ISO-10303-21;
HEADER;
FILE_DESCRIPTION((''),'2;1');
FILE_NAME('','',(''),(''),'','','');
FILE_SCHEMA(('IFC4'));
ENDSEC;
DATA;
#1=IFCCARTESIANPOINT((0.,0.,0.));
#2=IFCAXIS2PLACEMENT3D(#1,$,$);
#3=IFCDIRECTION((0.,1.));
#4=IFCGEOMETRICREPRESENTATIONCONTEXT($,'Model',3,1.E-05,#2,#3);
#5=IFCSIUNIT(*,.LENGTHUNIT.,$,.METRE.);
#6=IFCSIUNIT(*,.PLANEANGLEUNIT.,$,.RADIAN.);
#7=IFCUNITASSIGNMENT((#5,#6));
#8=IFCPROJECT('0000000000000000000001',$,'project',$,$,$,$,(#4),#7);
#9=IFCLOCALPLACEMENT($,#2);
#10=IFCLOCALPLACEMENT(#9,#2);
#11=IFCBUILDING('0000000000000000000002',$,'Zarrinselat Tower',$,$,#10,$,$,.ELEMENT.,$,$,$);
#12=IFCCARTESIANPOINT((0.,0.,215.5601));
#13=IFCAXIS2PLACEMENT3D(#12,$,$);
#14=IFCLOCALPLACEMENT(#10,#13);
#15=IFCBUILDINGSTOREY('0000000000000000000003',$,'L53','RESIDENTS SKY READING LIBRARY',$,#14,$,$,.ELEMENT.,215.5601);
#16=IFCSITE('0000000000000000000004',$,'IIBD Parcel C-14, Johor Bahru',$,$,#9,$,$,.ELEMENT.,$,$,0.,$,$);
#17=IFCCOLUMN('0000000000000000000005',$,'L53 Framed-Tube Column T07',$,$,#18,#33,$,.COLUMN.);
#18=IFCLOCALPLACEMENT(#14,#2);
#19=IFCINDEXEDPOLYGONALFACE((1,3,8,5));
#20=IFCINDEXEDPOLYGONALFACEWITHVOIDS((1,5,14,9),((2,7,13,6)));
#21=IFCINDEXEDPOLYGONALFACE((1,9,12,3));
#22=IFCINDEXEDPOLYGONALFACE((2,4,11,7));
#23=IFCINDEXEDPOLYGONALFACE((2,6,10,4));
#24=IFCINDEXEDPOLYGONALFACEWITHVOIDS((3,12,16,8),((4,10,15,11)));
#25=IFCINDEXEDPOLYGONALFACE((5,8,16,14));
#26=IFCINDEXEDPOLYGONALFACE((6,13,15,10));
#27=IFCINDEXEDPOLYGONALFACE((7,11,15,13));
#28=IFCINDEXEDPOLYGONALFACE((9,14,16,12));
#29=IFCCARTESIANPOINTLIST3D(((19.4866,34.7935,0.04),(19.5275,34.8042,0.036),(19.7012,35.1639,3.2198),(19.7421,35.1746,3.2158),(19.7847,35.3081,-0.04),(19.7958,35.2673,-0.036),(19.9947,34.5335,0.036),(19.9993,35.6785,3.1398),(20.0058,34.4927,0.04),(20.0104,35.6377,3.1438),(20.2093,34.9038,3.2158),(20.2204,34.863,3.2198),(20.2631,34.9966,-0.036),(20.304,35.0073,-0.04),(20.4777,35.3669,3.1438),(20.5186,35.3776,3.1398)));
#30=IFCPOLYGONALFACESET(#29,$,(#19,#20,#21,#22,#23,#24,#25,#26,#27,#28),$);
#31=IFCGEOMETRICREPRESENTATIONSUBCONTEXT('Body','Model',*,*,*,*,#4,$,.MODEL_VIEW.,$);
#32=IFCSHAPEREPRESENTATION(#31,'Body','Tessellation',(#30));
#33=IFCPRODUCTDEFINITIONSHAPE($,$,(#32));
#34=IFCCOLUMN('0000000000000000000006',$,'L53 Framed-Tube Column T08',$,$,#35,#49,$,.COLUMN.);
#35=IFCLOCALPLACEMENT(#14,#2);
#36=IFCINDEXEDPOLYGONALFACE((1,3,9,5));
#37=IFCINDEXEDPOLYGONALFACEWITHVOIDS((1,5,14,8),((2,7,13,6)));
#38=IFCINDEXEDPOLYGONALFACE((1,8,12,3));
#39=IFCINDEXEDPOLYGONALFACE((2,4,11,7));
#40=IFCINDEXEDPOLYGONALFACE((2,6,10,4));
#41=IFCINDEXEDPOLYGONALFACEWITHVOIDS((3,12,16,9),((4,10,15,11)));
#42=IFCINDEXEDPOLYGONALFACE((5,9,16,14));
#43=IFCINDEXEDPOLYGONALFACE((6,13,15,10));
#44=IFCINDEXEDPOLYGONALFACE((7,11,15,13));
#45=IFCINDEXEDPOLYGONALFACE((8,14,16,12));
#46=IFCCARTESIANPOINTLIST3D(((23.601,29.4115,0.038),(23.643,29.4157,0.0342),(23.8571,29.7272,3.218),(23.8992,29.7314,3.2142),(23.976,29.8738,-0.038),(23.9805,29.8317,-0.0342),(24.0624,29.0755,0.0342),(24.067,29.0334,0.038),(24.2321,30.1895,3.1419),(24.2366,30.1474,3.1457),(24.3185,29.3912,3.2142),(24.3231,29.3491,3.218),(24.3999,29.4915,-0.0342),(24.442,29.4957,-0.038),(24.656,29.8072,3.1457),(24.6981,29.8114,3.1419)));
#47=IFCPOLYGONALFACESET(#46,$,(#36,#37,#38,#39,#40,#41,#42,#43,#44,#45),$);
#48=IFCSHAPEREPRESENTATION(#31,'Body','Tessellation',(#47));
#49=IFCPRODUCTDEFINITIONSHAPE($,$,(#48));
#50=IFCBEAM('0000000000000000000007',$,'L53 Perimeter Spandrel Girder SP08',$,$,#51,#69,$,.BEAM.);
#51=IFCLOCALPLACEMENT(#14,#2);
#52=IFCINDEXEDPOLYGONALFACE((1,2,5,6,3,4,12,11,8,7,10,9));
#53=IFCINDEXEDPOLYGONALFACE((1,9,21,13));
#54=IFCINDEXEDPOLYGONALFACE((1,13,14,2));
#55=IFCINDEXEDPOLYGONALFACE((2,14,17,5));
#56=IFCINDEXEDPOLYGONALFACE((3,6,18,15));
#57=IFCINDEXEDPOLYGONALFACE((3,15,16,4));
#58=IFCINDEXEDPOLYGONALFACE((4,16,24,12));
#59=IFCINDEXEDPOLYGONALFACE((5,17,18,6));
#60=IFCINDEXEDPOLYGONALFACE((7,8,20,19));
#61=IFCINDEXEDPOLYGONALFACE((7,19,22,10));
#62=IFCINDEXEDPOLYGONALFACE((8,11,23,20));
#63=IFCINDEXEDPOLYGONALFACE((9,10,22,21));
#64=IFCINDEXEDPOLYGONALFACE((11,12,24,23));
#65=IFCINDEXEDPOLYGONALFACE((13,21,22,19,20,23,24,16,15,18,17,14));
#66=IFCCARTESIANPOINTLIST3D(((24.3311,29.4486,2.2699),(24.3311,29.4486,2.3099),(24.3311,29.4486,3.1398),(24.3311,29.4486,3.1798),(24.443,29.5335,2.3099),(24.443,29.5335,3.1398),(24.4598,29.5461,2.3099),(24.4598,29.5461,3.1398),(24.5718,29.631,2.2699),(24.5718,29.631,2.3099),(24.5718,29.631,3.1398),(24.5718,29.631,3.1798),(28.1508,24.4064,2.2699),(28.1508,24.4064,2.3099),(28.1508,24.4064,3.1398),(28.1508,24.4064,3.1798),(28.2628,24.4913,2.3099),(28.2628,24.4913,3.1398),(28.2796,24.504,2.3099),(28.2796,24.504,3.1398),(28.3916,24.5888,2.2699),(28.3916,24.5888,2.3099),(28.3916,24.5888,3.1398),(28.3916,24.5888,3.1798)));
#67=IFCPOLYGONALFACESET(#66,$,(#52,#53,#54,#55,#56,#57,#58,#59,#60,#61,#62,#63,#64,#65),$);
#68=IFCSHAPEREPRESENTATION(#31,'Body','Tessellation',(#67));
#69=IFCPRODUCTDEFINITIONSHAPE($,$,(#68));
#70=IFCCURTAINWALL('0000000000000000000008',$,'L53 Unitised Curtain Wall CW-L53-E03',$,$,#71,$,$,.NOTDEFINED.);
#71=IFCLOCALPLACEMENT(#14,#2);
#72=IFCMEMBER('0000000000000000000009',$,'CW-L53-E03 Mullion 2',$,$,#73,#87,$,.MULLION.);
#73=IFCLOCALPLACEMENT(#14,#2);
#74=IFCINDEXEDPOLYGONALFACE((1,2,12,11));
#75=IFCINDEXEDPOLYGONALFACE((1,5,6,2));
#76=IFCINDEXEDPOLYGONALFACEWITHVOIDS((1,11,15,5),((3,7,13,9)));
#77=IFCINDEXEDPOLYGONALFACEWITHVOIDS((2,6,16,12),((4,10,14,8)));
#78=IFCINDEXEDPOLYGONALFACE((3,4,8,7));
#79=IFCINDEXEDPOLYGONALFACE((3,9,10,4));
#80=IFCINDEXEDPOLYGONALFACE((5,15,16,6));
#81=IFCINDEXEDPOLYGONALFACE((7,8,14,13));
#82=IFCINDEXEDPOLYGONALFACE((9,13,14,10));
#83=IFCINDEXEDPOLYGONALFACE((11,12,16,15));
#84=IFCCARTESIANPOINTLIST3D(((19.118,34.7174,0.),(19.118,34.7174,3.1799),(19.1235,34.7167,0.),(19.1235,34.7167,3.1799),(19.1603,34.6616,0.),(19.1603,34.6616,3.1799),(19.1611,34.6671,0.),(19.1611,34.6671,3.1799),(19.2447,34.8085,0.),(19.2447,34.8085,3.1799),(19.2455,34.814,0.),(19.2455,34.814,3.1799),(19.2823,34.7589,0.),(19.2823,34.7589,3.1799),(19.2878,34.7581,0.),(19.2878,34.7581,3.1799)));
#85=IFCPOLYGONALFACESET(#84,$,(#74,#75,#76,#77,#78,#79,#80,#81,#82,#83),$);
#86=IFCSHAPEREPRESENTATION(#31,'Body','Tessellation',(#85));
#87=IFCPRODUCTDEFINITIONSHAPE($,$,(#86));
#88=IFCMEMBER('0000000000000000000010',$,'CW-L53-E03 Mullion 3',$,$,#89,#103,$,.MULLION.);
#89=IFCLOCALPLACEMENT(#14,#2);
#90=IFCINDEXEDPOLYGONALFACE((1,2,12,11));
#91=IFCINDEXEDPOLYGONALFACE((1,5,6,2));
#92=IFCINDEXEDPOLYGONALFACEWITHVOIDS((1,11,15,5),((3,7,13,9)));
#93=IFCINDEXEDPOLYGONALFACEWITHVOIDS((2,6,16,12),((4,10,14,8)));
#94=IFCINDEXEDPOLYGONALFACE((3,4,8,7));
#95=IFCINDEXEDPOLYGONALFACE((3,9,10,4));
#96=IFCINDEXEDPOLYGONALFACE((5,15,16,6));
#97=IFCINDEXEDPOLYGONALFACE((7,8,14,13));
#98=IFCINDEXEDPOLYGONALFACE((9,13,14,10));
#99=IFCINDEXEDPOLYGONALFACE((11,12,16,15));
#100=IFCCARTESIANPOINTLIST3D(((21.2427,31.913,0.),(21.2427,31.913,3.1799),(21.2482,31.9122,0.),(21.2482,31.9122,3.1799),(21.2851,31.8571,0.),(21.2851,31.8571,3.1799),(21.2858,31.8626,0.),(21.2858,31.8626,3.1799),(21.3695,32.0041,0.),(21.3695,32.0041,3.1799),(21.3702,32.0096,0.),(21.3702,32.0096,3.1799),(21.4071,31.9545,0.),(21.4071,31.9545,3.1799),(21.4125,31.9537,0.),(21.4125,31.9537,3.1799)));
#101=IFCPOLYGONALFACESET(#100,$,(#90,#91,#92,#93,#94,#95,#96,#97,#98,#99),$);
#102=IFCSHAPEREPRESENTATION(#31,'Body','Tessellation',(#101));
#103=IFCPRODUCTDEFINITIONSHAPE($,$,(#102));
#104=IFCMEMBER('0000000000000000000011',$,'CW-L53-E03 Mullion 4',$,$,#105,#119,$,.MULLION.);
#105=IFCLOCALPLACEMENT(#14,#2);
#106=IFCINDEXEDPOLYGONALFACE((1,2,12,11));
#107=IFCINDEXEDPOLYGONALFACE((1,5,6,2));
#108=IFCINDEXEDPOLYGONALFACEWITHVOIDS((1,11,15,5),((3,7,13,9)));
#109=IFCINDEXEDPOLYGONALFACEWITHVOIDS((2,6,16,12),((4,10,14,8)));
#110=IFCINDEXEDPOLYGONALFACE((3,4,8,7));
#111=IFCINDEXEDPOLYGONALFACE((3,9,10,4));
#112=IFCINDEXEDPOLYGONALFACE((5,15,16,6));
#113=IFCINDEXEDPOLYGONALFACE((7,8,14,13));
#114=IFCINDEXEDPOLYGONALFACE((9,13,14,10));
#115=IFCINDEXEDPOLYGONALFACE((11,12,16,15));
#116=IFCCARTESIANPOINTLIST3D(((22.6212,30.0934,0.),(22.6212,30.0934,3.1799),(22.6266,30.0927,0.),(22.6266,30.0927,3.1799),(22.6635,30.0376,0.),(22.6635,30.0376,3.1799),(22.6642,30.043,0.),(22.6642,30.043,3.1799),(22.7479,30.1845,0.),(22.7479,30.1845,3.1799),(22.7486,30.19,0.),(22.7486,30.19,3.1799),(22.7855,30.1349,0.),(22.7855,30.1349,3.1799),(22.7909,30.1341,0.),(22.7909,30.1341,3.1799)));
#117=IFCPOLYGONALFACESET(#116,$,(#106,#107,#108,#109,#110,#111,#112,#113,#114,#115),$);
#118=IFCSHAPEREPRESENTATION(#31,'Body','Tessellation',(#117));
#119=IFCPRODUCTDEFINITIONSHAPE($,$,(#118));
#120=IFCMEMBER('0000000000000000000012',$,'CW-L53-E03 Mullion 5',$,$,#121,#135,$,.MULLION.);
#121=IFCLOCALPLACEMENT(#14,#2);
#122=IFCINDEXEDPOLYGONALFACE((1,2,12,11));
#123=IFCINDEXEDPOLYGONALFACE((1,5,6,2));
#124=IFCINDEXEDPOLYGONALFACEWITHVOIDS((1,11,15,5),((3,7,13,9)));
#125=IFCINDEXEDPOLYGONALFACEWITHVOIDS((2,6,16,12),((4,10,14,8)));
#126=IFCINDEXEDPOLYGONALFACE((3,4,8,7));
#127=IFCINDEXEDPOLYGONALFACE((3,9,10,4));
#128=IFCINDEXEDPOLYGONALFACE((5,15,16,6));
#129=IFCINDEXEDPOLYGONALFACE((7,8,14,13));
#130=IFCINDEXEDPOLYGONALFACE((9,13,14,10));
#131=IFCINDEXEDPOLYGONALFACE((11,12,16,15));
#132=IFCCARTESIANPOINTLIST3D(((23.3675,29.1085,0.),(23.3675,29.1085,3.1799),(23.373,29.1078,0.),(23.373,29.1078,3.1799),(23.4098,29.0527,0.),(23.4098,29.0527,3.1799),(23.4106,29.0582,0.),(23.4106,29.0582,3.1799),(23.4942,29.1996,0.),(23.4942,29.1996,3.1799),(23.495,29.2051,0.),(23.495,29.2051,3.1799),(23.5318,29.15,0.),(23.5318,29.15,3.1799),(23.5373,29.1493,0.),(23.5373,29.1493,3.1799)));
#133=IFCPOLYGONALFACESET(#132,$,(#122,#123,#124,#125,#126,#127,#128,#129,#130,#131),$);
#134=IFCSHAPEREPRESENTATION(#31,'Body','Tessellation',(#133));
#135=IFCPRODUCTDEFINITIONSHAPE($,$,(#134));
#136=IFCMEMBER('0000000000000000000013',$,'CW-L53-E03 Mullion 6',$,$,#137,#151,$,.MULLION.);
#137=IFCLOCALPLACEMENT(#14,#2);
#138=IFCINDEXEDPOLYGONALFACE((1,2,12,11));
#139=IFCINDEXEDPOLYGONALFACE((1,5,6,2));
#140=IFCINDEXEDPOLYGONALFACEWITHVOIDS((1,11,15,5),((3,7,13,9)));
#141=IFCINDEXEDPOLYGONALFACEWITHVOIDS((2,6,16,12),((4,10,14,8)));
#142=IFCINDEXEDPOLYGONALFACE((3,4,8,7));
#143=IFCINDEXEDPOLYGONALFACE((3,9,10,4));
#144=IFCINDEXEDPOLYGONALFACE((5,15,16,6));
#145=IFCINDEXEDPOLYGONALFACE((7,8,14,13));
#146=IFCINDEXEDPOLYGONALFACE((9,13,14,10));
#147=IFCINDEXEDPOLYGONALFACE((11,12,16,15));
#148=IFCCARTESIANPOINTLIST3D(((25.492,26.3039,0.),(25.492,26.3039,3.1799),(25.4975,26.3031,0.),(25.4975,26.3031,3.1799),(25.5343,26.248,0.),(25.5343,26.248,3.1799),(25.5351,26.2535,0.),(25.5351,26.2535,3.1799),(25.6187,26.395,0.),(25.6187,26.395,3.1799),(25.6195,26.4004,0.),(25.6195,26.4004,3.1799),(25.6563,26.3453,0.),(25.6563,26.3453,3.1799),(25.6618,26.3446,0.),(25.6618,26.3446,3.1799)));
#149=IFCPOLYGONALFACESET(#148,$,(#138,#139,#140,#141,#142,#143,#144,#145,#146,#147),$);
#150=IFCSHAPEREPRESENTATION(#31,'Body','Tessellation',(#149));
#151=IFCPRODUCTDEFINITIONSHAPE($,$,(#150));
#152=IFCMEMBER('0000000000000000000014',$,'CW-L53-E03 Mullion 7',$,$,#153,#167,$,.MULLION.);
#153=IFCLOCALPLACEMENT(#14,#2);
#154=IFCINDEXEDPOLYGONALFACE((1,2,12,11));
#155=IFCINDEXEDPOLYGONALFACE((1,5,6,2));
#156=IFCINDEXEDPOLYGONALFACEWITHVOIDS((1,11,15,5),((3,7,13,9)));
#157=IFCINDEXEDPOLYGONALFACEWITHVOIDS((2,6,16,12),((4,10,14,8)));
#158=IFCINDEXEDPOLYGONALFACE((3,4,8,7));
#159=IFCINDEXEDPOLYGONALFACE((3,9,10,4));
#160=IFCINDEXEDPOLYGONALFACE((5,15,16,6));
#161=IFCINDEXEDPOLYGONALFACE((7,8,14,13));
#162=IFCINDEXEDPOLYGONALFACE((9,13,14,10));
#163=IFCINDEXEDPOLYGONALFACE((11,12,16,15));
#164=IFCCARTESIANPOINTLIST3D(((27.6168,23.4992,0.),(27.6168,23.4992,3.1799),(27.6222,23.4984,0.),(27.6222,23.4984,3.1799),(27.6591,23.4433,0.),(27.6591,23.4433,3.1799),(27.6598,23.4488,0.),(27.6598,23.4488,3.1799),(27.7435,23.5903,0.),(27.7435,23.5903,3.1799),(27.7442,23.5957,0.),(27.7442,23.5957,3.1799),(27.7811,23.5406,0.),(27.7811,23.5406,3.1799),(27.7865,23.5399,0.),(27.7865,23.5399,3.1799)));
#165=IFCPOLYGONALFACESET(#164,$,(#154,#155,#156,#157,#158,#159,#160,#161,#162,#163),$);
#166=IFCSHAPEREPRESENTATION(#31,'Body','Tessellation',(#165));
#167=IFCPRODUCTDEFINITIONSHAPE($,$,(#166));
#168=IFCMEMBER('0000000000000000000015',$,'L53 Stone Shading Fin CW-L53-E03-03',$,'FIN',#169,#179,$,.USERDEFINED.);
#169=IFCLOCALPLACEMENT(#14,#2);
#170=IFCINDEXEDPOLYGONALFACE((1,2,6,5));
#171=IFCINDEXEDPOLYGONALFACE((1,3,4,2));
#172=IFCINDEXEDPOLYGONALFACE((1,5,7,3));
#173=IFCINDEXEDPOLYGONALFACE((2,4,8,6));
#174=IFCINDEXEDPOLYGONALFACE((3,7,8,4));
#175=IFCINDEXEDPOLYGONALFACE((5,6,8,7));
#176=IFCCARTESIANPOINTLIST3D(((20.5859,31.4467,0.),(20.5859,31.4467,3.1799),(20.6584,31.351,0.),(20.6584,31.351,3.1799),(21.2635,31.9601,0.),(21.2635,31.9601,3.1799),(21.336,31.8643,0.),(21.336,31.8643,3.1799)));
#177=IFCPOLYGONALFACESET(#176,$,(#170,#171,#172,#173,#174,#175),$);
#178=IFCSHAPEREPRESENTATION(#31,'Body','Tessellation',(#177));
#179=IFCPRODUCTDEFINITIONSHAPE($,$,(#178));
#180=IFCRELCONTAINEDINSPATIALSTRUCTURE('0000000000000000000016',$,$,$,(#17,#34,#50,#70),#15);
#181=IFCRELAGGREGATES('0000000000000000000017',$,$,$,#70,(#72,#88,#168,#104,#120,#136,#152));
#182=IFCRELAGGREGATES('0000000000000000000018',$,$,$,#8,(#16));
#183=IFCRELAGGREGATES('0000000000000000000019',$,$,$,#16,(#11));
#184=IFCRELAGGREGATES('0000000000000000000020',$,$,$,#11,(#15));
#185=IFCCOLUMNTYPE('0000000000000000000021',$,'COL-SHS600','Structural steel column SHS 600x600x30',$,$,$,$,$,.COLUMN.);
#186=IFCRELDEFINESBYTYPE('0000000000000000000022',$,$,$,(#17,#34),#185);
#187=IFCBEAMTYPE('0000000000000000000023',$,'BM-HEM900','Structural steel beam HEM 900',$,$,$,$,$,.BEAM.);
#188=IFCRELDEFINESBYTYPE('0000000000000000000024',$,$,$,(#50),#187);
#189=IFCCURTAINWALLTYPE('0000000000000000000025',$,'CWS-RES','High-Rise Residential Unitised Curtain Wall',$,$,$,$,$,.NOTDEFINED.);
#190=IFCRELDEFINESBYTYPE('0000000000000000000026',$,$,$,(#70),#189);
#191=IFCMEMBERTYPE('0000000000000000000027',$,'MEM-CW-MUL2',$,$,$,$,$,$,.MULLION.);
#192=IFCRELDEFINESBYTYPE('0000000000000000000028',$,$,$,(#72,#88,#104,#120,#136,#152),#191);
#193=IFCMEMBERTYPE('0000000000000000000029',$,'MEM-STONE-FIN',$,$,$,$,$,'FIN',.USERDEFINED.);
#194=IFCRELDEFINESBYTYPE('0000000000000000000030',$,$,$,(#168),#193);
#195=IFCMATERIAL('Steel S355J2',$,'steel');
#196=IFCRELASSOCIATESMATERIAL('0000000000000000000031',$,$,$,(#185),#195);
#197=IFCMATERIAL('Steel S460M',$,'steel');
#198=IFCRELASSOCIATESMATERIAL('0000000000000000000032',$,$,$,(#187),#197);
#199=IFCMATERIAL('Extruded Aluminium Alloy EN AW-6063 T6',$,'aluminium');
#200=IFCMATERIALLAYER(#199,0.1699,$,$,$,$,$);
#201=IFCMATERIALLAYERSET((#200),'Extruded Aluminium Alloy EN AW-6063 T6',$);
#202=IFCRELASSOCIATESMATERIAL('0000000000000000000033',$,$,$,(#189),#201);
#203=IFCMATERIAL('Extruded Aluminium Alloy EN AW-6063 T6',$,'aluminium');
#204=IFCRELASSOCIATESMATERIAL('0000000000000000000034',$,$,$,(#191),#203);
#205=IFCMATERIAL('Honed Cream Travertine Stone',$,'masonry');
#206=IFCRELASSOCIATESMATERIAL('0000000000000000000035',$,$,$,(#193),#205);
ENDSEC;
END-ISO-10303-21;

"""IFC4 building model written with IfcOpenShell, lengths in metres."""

from ifc_helpers import new_model, si_unit, direction, frame, origin, origin_2d, place, context, subcontext, project, spatial, rectangle, hollow_rectangle, i_section, extrude, material, layer, layer_set, material_profile, profile_set, type_object, element, aggregate, save


model = new_model("IFC4")

# Units and contexts
model_context = context("Model", 3, precision=1e-05, world=origin(), true_north=direction((0.0, 1.0)))
body_context = subcontext(model_context, "Body", "Model", "MODEL_VIEW")
ifc_project = project(units=[si_unit("LENGTHUNIT", "METRE"), si_unit("PLANEANGLEUNIT", "RADIAN")], contexts=[model_context])

# Site, building, storey
site_placement = place(None, origin())
site = spatial("IfcSite", under=ifc_project, at=site_placement, Name="IIBD Parcel C-14, Johor Bahru", CompositionType="ELEMENT", RefElevation=0.0)
building_placement = place(site_placement, origin())
building = spatial("IfcBuilding", under=site, at=building_placement, Name="Zarrinselat Tower", CompositionType="ELEMENT")
storey_placement = place(building_placement, frame((0.0, 0.0, 215.5601)))
storey = spatial("IfcBuildingStorey", under=building, at=storey_placement, Name="L53", Description="RESIDENTS SKY READING LIBRARY", CompositionType="ELEMENT", Elevation=215.5601)

# Columns
ifc_material_1 = material(Name="Steel S355J2", Category="steel")
ifc_material_profile_1 = material_profile(ifc_material_1, hollow_rectangle(XDim=0.6001, YDim=0.6001, WallThickness=0.03, at=origin_2d()), Name="SHS 600x600x30")
ifc_profile_set_1 = profile_set([ifc_material_profile_1], Name="Steel S355J2")
column_type = type_object("IfcColumnType", Name="COL-SHS600", Description="Structural steel column SHS 600x600x30", PredefinedType="COLUMN", material=ifc_profile_set_1)
column_1_placement = place(storey_placement, frame((19.8953, 34.9004, 0.0), z_axis=(0.066882, 0.115427, 0.991062), x_axis=(-0.865244, 0.501351, 0.0)))
element("IfcColumn", 1, at=column_1_placement, inside=storey, type_object=column_type, Name="L53 Framed-Tube Column T07", PredefinedType="COLUMN", context=body_context, shape_type="SweptSolid", body=[
    extrude(hollow_rectangle(XDim=0.6001, YDim=0.6001, WallThickness=0.03, at=origin_2d()), origin(), (0.0, 0.0, 1.0), 3.2085),
])
column_2_placement = place(storey_placement, frame((24.0215, 29.4536, 0.0), z_axis=(0.079887, 0.098469, 0.991928), x_axis=(-0.776573, 0.630027, 0.0)))
element("IfcColumn", 2, at=column_2_placement, inside=storey, type_object=column_type, Name="L53 Framed-Tube Column T08", PredefinedType="COLUMN", context=body_context, shape_type="SweptSolid", body=[
    extrude(hollow_rectangle(XDim=0.6001, YDim=0.6001, WallThickness=0.03, at=origin_2d()), origin(), (0.0, 0.0, 1.0), 3.2058),
])

# Beam
ifc_material_2 = material(Name="Steel S460M", Category="steel")
ifc_material_profile_2 = material_profile(ifc_material_2, i_section(OverallWidth=0.302, OverallDepth=0.9099, WebThickness=0.021, FlangeThickness=0.04, at=origin_2d()), Name="HEM 900")
ifc_profile_set_2 = profile_set([ifc_material_profile_2], Name="Steel S460M")
beam_type = type_object("IfcBeamType", Name="BM-HEM900", Description="Structural steel beam HEM 900", PredefinedType="BEAM", material=ifc_profile_set_2)
beam_placement = place(storey_placement, frame((24.4514, 29.5398, 2.7249), z_axis=(0.603852, -0.797096, 0.0), x_axis=(0.797096, 0.603852, 0.0)))
element("IfcBeam", 3, at=beam_placement, inside=storey, type_object=beam_type, Name="L53 Perimeter Spandrel Girder SP08", PredefinedType="BEAM", context=body_context, shape_type="SweptSolid", body=[
    extrude(i_section(OverallWidth=0.302, OverallDepth=0.9099, WebThickness=0.021, FlangeThickness=0.04, at=origin_2d()), origin(), (0.0, 0.0, 1.0), 6.3257),
])

# Curtain wall, members
ifc_material_3 = material(Name="Extruded Aluminium Alloy EN AW-6063 T6", Category="aluminium")
ifc_layer_1 = layer(ifc_material_3, 0.1699)
ifc_layer_set_1 = layer_set([ifc_layer_1], Name="Extruded Aluminium Alloy EN AW-6063 T6")
curtain_wall_type = type_object("IfcCurtainWallType", Name="CWS-RES", Description="High-Rise Residential Unitised Curtain Wall", PredefinedType="NOTDEFINED", material=ifc_layer_set_1)
curtain_wall_placement = place(storey_placement, origin())
curtain_wall = element("IfcCurtainWall", 4, at=curtain_wall_placement, inside=storey, type_object=curtain_wall_type, Name="L53 Unitised Curtain Wall CW-L53-E03", PredefinedType="NOTDEFINED")
ifc_material_4 = material(Name="Extruded Aluminium Alloy EN AW-6063 T6", Category="aluminium")
ifc_material_profile_3 = material_profile(ifc_material_4, hollow_rectangle(XDim=0.0701, YDim=0.1599, WallThickness=0.0039, at=origin_2d()), Name="RHS 160x70x4")
ifc_profile_set_3 = profile_set([ifc_material_profile_3], Name="Extruded Aluminium Alloy EN AW-6063 T6")
member_type_1 = type_object("IfcMemberType", Name="MEM-CW-MUL2", PredefinedType="MULLION", material=ifc_profile_set_3)
member_1_placement = place(storey_placement, frame((19.2029, 34.7378, 0.0), z_axis=(0.0, 0.0, 1.0), x_axis=(0.603859, -0.797091, 0.0)))
member_1 = element("IfcMember", 5, at=member_1_placement, type_object=member_type_1, Name="CW-L53-E03 Mullion 2", PredefinedType="MULLION", context=body_context, shape_type="SweptSolid", body=[
    extrude(hollow_rectangle(XDim=0.0701, YDim=0.1599, WallThickness=0.0039, at=origin_2d()), origin(), (0.0, 0.0, 1.0), 3.1799),
])
member_2_placement = place(storey_placement, frame((21.3276, 31.9333, 0.0), z_axis=(0.0, 0.0, 1.0), x_axis=(0.603859, -0.797091, 0.0)))
member_2 = element("IfcMember", 6, at=member_2_placement, type_object=member_type_1, Name="CW-L53-E03 Mullion 3", PredefinedType="MULLION", context=body_context, shape_type="SweptSolid", body=[
    extrude(hollow_rectangle(XDim=0.0701, YDim=0.1599, WallThickness=0.0039, at=origin_2d()), origin(), (0.0, 0.0, 1.0), 3.1799),
])
member_3_placement = place(storey_placement, frame((22.7061, 30.1138, 0.0), z_axis=(0.0, 0.0, 1.0), x_axis=(0.603859, -0.797091, 0.0)))
member_3 = element("IfcMember", 7, at=member_3_placement, type_object=member_type_1, Name="CW-L53-E03 Mullion 4", PredefinedType="MULLION", context=body_context, shape_type="SweptSolid", body=[
    extrude(hollow_rectangle(XDim=0.0701, YDim=0.1599, WallThickness=0.0039, at=origin_2d()), origin(), (0.0, 0.0, 1.0), 3.1799),
])
member_4_placement = place(storey_placement, frame((23.4524, 29.1289, 0.0), z_axis=(0.0, 0.0, 1.0), x_axis=(0.603859, -0.797091, 0.0)))
member_4 = element("IfcMember", 8, at=member_4_placement, type_object=member_type_1, Name="CW-L53-E03 Mullion 5", PredefinedType="MULLION", context=body_context, shape_type="SweptSolid", body=[
    extrude(hollow_rectangle(XDim=0.0701, YDim=0.1599, WallThickness=0.0039, at=origin_2d()), origin(), (0.0, 0.0, 1.0), 3.1799),
])
member_5_placement = place(storey_placement, frame((25.5769, 26.3242, 0.0), z_axis=(0.0, 0.0, 1.0), x_axis=(0.603859, -0.797091, 0.0)))
member_5 = element("IfcMember", 9, at=member_5_placement, type_object=member_type_1, Name="CW-L53-E03 Mullion 6", PredefinedType="MULLION", context=body_context, shape_type="SweptSolid", body=[
    extrude(hollow_rectangle(XDim=0.0701, YDim=0.1599, WallThickness=0.0039, at=origin_2d()), origin(), (0.0, 0.0, 1.0), 3.1799),
])
member_6_placement = place(storey_placement, frame((27.7017, 23.5195, 0.0), z_axis=(0.0, 0.0, 1.0), x_axis=(0.603859, -0.797091, 0.0)))
member_6 = element("IfcMember", 10, at=member_6_placement, type_object=member_type_1, Name="CW-L53-E03 Mullion 7", PredefinedType="MULLION", context=body_context, shape_type="SweptSolid", body=[
    extrude(hollow_rectangle(XDim=0.0701, YDim=0.1599, WallThickness=0.0039, at=origin_2d()), origin(), (0.0, 0.0, 1.0), 3.1799),
])
ifc_material_5 = material(Name="Honed Cream Travertine Stone", Category="masonry")
ifc_material_profile_4 = material_profile(ifc_material_5, rectangle(XDim=0.1201, YDim=0.8501, at=origin_2d()), Name="FIN 850x120")
ifc_profile_set_4 = profile_set([ifc_material_profile_4], Name="Honed Cream Travertine Stone")
member_type_2 = type_object("IfcMemberType", Name="MEM-STONE-FIN", ElementType="FIN", PredefinedType="USERDEFINED", material=ifc_profile_set_4)
member_7_placement = place(storey_placement, frame((20.9609, 31.6555, 0.0), z_axis=(0.0, 0.0, 1.0), x_axis=(-0.603859, 0.797091, 0.0)))
member_7 = element("IfcMember", 11, at=member_7_placement, type_object=member_type_2, Name="L53 Stone Shading Fin CW-L53-E03-03", ObjectType="FIN", PredefinedType="USERDEFINED", context=body_context, shape_type="SweptSolid", body=[
    extrude(rectangle(XDim=0.1201, YDim=0.8501, at=origin_2d()), origin(), (0.0, 0.0, 1.0), 3.1799),
])
aggregate(curtain_wall, [member_1, member_2, member_7, member_3, member_4, member_5, member_6])

save(model, "model.ifc")
